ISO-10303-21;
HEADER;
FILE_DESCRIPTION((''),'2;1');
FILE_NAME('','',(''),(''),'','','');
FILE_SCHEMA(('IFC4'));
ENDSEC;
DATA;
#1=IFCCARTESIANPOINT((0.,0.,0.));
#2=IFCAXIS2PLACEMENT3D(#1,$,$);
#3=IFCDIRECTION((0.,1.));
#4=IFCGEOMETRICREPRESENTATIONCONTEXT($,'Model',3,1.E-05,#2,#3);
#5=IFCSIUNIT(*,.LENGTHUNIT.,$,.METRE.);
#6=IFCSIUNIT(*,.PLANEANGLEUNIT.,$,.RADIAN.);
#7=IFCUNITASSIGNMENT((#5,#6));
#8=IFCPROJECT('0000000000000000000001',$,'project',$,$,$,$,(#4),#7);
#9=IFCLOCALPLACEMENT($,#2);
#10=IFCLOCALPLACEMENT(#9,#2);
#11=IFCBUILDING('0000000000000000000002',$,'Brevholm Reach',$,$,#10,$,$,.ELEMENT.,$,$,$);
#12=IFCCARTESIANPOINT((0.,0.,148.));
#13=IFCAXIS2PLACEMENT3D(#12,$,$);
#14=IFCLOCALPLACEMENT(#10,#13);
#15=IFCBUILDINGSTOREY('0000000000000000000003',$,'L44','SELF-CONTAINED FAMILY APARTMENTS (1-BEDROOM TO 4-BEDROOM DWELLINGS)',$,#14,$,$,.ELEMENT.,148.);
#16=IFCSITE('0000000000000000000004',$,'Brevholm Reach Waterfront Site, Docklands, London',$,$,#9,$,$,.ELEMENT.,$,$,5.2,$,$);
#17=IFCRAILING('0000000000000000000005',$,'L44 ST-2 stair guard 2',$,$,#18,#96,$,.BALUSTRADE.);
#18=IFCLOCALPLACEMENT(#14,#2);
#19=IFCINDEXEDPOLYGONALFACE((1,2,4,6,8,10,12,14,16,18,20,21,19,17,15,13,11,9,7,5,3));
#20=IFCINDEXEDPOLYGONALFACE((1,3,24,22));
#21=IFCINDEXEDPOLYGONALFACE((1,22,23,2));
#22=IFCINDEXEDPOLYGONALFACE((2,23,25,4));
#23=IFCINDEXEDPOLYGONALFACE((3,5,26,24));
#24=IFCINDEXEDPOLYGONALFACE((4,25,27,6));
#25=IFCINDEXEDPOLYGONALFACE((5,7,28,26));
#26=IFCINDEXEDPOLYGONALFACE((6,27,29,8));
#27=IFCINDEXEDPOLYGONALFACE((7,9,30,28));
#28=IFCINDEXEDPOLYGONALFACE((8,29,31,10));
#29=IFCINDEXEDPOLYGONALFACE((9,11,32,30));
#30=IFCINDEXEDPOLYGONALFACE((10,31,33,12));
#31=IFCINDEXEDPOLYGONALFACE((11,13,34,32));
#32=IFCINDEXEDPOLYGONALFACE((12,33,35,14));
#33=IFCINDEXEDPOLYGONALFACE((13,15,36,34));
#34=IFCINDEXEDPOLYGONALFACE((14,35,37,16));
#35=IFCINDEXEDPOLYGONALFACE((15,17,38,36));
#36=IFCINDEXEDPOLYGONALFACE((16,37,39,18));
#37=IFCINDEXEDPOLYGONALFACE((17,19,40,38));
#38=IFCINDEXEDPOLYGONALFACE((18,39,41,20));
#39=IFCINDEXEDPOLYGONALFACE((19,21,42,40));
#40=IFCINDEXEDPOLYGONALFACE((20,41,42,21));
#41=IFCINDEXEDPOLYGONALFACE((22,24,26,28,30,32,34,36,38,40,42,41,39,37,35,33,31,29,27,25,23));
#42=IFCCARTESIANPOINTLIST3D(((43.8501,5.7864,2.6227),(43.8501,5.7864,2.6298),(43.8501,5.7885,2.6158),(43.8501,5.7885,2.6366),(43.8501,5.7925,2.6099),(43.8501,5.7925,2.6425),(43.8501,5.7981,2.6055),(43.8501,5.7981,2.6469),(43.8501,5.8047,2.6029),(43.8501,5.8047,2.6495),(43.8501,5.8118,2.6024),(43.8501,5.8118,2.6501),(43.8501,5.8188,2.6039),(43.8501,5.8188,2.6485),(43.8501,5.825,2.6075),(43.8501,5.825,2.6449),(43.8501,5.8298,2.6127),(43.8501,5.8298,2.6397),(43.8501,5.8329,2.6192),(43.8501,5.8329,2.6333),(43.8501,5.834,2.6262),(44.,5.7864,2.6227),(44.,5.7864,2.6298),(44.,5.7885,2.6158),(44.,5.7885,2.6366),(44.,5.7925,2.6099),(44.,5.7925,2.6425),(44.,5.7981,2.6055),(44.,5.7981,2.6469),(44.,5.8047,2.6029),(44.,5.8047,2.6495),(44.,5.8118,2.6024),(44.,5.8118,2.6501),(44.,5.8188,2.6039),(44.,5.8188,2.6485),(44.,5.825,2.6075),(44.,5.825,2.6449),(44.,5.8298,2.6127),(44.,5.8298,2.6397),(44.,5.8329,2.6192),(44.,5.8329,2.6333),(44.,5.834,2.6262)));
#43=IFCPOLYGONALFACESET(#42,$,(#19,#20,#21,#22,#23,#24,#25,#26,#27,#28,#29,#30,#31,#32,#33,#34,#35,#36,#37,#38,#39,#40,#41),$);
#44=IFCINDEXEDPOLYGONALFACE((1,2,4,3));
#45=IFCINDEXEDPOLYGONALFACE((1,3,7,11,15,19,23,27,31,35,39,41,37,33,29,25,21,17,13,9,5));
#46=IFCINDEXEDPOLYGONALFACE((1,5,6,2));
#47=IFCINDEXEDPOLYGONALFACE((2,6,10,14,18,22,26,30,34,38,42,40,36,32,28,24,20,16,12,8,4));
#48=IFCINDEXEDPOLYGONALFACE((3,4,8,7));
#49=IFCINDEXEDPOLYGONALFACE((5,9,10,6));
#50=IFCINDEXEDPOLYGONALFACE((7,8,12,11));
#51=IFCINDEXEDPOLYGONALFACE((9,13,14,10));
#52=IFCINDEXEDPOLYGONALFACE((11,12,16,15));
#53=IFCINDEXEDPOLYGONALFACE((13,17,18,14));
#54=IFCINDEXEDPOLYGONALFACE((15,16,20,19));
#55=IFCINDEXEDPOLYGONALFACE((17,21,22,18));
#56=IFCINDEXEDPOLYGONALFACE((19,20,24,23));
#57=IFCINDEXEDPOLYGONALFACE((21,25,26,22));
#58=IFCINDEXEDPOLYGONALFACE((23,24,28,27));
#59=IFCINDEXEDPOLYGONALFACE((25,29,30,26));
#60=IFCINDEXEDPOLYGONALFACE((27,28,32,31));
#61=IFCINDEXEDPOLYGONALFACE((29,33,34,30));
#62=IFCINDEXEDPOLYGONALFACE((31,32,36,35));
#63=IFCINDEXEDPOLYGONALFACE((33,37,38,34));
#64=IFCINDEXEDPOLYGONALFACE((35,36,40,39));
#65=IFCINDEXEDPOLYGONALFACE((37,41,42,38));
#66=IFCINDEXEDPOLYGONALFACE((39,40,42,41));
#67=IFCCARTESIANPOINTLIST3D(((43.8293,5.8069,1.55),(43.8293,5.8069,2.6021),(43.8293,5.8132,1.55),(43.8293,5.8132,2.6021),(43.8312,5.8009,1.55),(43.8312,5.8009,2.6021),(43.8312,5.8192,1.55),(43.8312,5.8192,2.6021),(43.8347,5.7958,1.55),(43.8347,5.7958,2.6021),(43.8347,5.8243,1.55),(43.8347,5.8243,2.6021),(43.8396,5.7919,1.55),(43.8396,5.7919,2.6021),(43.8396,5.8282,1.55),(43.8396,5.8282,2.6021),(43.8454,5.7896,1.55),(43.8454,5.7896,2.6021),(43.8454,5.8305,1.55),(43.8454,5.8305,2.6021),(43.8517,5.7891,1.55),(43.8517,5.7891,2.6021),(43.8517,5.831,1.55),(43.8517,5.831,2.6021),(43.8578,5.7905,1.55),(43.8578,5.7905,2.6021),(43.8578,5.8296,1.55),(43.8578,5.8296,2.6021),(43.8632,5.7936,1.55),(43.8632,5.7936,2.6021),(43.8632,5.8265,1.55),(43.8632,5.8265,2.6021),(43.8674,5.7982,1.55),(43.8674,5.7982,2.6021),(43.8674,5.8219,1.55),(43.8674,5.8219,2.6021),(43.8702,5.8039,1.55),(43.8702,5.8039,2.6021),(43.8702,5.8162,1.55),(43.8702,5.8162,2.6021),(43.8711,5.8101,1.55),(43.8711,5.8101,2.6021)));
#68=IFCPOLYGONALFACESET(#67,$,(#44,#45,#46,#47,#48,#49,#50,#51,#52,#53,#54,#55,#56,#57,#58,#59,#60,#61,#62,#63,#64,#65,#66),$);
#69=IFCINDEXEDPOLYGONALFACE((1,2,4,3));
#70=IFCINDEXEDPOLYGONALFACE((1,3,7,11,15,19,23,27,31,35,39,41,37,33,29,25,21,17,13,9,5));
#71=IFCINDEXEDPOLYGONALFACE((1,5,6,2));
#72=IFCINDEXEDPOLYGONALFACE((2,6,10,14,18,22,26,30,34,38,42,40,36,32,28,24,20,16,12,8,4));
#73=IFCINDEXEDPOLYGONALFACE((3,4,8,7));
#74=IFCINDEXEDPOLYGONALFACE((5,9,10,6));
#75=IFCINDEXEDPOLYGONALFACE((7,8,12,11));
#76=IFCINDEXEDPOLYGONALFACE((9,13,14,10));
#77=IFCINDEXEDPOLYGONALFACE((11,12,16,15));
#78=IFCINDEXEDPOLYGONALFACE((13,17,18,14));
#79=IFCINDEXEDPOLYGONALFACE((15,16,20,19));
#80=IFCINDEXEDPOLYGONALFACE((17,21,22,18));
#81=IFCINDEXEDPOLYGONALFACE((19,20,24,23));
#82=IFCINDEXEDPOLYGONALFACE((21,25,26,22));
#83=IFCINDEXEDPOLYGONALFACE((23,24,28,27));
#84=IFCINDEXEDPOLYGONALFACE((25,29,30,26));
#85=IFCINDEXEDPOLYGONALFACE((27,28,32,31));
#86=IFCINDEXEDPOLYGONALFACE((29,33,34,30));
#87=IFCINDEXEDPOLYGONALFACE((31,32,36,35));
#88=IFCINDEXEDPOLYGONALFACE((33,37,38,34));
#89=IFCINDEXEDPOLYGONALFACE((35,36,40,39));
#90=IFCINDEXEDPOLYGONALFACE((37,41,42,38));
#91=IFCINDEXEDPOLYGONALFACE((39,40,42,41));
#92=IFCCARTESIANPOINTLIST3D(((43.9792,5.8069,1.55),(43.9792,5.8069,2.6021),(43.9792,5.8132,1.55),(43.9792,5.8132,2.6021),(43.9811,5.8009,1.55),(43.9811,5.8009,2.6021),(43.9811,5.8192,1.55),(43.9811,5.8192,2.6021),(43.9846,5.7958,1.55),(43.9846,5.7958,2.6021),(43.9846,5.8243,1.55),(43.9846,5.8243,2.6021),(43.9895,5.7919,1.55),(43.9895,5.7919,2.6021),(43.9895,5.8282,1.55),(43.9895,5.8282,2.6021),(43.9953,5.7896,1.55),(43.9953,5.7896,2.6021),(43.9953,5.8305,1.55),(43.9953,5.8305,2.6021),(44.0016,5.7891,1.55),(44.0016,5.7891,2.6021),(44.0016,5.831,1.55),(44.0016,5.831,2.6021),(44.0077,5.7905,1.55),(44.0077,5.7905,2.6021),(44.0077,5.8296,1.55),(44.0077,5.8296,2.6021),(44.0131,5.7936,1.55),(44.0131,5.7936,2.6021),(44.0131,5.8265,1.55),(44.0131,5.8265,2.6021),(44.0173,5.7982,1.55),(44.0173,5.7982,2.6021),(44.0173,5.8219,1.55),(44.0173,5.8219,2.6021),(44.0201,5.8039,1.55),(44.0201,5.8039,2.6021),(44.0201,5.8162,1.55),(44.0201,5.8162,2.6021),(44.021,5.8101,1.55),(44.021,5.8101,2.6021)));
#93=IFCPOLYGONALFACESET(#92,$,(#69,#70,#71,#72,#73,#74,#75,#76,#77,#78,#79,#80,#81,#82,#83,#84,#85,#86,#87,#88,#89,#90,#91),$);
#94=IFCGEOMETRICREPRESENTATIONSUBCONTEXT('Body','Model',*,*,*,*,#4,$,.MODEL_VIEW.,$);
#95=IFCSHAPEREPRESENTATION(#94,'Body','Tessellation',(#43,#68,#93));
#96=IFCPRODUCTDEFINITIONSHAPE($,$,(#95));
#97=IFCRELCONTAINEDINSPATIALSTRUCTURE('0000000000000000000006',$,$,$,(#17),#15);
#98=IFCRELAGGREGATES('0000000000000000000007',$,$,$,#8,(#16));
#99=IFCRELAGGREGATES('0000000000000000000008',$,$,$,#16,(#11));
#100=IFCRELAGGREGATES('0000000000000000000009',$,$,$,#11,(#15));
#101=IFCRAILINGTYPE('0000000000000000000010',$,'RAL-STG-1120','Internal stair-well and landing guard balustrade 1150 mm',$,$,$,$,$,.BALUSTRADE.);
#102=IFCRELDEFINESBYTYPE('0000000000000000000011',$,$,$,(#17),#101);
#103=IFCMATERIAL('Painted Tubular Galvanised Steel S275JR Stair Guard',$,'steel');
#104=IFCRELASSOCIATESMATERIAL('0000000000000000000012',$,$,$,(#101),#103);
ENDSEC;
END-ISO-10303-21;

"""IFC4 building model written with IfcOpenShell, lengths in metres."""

from ifc_helpers import new_model, si_unit, direction, frame, origin, origin_2d, place, context, subcontext, project, spatial, circle, extrude, material, type_object, element, save


model = new_model("IFC4")

# Units and contexts
model_context = context("Model", 3, precision=1e-05, world=origin(), true_north=direction((0.0, 1.0)))
body_context = subcontext(model_context, "Body", "Model", "MODEL_VIEW")
ifc_project = project(units=[si_unit("LENGTHUNIT", "METRE"), si_unit("PLANEANGLEUNIT", "RADIAN")], contexts=[model_context])

# Site, building, storey
site_placement = place(None, origin())
site = spatial("IfcSite", under=ifc_project, at=site_placement, Name="Brevholm Reach Waterfront Site, Docklands, London", CompositionType="ELEMENT", RefElevation=5.2)
building_placement = place(site_placement, origin())
building = spatial("IfcBuilding", under=site, at=building_placement, Name="Brevholm Reach", CompositionType="ELEMENT")
storey_placement = place(building_placement, frame((0.0, 0.0, 148.0)))
storey = spatial("IfcBuildingStorey", under=building, at=storey_placement, Name="L44", Description="SELF-CONTAINED FAMILY APARTMENTS (1-BEDROOM TO 4-BEDROOM DWELLINGS)", CompositionType="ELEMENT", Elevation=148.0)

# Railing
ifc_material_1 = material(Name="Painted Tubular Galvanised Steel S275JR Stair Guard", Category="steel")
railing_type_1 = type_object("IfcRailingType", Name="RAL-STG-1120", Description="Internal stair-well and landing guard balustrade 1150 mm", PredefinedType="BALUSTRADE", material=ifc_material_1)
railing_1_placement = place(storey_placement, frame((43.8501, 5.8101, 1.55)))
element("IfcRailing", 1, at=railing_1_placement, inside=storey, type_object=railing_type_1, Name="L44 ST-2 stair guard 2", PredefinedType="BALUSTRADE", context=body_context, shape_type="SweptSolid", body=[
    extrude(circle(Radius=0.0239, at=origin_2d()), frame((0.0, 0.0, 1.0762), z_axis=(1.0, 0.0, 0.0), x_axis=(0.0, 1.0, 0.0)), (0.0, 0.0, 1.0), 0.1499),
    extrude(circle(Radius=0.021, at=origin_2d()), origin(), (0.0, 0.0, 1.0), 1.052),
    extrude(circle(Radius=0.021, at=origin_2d()), frame((0.1499, 0.0, 0.0)), (0.0, 0.0, 1.0), 1.052),
])

save(model, "model.ifc")
